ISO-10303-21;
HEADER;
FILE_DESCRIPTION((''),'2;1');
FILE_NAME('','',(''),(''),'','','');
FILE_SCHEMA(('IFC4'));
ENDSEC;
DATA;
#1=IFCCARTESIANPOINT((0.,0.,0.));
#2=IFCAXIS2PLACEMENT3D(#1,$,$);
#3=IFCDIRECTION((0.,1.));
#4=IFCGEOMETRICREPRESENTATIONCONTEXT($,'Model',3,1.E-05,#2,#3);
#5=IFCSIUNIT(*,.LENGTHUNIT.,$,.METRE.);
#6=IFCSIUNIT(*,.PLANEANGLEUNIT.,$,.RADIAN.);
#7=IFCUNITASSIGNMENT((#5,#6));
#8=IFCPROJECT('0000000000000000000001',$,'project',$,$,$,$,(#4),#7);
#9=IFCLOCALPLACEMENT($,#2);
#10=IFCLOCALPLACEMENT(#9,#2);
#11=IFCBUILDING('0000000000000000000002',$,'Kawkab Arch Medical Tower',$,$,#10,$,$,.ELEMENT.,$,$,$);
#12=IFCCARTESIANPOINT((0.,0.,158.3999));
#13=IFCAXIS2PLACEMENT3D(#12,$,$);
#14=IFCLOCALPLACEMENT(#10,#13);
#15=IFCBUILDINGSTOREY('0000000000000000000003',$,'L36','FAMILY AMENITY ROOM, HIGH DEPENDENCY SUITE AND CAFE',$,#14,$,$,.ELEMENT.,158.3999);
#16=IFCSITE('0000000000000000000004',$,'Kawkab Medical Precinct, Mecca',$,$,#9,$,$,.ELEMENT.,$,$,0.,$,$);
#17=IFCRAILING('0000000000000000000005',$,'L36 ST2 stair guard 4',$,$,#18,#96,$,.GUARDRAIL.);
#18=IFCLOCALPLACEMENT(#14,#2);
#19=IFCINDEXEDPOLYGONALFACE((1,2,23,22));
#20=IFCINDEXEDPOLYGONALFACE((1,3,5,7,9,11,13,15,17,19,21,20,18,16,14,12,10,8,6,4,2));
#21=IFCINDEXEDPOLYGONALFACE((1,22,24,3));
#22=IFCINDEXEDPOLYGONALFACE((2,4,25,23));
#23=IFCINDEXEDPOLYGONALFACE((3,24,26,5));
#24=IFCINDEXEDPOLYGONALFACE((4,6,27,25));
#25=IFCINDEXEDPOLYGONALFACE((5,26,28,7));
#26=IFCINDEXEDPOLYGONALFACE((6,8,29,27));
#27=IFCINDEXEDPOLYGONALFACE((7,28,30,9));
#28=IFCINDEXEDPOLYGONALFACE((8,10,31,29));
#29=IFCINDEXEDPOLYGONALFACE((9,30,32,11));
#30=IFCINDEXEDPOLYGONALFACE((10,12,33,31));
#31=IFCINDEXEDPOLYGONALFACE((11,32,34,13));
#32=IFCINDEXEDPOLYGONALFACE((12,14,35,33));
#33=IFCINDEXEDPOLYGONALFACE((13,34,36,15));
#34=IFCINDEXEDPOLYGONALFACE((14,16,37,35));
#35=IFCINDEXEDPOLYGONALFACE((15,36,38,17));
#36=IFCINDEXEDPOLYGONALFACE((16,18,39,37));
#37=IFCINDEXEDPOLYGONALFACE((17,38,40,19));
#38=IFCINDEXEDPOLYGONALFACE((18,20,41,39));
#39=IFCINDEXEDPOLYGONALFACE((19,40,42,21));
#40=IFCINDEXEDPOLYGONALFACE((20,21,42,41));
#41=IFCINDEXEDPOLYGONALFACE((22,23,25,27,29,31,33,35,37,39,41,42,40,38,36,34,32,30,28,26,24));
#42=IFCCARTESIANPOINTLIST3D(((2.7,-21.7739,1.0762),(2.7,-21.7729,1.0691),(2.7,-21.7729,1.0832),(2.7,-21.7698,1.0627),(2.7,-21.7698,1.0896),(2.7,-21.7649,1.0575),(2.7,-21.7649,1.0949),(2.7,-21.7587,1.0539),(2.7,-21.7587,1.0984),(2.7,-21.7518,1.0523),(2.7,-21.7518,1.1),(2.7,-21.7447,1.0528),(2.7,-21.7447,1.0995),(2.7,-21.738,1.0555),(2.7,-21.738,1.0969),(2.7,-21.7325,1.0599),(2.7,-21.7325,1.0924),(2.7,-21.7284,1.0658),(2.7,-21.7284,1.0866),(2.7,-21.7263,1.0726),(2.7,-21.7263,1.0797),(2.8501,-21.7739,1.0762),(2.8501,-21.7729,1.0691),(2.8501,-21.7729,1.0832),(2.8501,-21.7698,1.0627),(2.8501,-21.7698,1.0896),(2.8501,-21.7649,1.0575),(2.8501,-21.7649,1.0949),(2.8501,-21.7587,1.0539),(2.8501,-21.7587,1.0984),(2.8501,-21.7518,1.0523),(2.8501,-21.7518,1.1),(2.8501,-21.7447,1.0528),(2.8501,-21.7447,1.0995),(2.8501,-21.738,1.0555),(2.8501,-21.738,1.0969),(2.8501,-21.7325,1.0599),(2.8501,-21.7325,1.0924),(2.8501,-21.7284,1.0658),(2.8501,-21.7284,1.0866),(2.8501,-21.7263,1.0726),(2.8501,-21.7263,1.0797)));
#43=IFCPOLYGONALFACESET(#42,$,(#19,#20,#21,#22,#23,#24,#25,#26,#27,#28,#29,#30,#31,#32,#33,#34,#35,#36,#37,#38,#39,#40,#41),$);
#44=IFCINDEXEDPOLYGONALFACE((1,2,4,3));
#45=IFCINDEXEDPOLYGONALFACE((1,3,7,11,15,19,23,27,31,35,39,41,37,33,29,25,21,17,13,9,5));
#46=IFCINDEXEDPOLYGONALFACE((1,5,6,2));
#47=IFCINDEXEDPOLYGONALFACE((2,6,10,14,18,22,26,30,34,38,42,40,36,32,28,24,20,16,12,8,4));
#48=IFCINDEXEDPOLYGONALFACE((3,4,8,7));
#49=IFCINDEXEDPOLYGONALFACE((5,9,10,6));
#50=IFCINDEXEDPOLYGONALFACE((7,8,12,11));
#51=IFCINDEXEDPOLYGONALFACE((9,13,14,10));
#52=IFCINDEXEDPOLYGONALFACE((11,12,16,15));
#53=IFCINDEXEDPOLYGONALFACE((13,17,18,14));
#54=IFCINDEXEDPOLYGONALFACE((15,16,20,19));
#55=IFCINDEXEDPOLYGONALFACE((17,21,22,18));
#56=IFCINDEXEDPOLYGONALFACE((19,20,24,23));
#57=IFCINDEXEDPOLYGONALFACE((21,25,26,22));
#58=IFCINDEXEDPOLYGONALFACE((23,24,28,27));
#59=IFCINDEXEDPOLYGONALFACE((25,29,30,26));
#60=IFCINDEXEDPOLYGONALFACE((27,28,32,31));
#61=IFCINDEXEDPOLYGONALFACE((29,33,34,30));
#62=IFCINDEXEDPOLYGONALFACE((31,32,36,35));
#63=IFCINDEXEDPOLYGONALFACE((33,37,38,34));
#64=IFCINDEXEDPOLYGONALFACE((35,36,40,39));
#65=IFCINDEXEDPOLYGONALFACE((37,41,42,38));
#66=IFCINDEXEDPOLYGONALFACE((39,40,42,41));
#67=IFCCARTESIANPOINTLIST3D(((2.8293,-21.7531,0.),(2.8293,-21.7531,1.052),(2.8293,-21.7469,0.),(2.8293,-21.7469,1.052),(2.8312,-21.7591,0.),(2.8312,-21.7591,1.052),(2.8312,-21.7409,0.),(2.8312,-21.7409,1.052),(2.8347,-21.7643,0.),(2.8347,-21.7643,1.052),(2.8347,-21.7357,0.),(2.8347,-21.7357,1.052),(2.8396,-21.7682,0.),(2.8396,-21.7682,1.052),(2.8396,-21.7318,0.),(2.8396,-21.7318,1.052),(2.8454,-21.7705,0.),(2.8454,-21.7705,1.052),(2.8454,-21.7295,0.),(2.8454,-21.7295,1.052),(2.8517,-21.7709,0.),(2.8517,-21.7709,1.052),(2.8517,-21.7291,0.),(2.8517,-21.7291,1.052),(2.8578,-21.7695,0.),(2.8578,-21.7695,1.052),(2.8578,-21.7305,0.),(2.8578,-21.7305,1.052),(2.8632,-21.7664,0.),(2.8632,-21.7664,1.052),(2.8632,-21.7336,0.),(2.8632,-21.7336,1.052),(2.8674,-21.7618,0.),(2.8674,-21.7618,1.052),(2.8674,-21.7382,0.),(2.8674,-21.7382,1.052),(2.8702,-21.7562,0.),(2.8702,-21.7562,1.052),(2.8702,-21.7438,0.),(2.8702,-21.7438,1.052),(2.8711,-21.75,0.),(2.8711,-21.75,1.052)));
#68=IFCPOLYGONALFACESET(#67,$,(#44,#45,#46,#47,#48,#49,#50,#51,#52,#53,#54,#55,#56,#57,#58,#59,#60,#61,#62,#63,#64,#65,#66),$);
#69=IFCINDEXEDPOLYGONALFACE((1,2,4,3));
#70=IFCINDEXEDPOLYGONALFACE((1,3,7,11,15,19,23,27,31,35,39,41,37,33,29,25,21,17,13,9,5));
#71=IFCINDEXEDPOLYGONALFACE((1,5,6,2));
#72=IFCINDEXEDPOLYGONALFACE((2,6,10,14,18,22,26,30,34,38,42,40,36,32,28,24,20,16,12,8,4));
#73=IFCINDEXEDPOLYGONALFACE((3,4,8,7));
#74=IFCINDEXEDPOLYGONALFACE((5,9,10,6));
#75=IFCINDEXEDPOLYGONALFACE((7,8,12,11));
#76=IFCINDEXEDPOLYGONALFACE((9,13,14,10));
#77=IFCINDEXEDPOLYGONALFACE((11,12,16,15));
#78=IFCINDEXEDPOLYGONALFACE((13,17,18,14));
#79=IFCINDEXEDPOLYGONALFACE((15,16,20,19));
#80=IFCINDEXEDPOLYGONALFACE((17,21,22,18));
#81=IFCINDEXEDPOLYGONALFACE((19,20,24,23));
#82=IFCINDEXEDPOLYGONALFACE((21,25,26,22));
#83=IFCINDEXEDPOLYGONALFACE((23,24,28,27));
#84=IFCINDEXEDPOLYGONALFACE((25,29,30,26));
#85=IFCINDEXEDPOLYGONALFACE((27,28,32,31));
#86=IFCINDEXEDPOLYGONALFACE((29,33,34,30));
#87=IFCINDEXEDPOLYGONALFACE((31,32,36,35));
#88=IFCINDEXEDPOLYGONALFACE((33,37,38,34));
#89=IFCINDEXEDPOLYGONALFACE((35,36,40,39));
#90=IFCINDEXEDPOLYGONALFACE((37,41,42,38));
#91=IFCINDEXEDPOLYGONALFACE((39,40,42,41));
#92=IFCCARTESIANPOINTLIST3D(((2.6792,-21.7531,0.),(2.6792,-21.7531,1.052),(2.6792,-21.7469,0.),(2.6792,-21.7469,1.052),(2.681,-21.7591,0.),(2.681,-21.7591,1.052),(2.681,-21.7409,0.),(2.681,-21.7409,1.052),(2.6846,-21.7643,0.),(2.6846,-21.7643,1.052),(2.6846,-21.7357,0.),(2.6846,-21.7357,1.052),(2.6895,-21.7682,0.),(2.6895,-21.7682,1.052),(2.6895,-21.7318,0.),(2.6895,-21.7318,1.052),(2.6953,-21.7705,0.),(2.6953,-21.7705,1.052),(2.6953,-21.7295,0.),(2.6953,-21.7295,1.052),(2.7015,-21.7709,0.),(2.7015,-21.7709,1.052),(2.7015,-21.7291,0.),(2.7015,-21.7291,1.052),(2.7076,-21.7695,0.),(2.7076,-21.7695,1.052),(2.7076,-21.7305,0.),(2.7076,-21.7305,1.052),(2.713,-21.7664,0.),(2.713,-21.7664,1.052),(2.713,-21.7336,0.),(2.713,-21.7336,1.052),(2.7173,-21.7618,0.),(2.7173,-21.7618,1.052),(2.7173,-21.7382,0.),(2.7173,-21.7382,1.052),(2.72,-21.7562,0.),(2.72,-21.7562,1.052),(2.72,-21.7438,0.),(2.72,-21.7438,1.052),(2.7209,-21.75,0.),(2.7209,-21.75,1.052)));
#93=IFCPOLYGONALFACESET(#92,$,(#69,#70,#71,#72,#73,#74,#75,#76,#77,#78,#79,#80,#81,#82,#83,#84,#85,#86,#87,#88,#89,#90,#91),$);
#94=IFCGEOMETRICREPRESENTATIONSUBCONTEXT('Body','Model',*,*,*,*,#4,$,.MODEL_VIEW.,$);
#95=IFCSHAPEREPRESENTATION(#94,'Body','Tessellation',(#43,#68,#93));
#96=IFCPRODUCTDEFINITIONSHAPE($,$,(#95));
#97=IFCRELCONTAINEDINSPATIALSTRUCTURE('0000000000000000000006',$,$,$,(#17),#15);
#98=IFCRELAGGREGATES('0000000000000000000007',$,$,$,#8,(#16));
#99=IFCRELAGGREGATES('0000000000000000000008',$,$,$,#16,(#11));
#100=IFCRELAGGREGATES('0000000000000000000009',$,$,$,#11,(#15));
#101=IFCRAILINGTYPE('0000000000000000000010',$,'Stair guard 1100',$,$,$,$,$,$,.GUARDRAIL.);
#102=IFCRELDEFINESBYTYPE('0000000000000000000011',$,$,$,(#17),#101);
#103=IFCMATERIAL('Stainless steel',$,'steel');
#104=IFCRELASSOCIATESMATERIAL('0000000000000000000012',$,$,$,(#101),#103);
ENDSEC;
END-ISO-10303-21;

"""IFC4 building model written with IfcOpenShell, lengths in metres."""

from ifc_helpers import new_model, si_unit, direction, frame, origin, origin_2d, place, context, subcontext, project, spatial, circle, extrude, material, type_object, element, save


model = new_model("IFC4")

# Units and contexts
model_context = context("Model", 3, precision=1e-05, world=origin(), true_north=direction((0.0, 1.0)))
body_context = subcontext(model_context, "Body", "Model", "MODEL_VIEW")
ifc_project = project(units=[si_unit("LENGTHUNIT", "METRE"), si_unit("PLANEANGLEUNIT", "RADIAN")], contexts=[model_context])

# Site, building, storey
site_placement = place(None, origin())
site = spatial("IfcSite", under=ifc_project, at=site_placement, Name="Kawkab Medical Precinct, Mecca", CompositionType="ELEMENT", RefElevation=0.0)
building_placement = place(site_placement, origin())
building = spatial("IfcBuilding", under=site, at=building_placement, Name="Kawkab Arch Medical Tower", CompositionType="ELEMENT")
storey_placement = place(building_placement, frame((0.0, 0.0, 158.3999)))
storey = spatial("IfcBuildingStorey", under=building, at=storey_placement, Name="L36", Description="FAMILY AMENITY ROOM, HIGH DEPENDENCY SUITE AND CAFE", CompositionType="ELEMENT", Elevation=158.3999)

# Railing
ifc_material_1 = material(Name="Stainless steel", Category="steel")
railing_type = type_object("IfcRailingType", Name="Stair guard 1100", PredefinedType="GUARDRAIL", material=ifc_material_1)
railing_1_placement = place(storey_placement, frame((2.8501, -21.75, 0.0)))
element("IfcRailing", 1, at=railing_1_placement, inside=storey, type_object=railing_type, Name="L36 ST2 stair guard 4", PredefinedType="GUARDRAIL", context=body_context, shape_type="SweptSolid", body=[
    extrude(circle(Radius=0.0239, at=origin_2d()), frame((0.0, 0.0, 1.0762), z_axis=(-1.0, 0.0, 0.0), x_axis=(0.0, -1.0, 0.0)), (0.0, 0.0, 1.0), 0.1501),
    extrude(circle(Radius=0.021, at=origin_2d()), origin(), (0.0, 0.0, 1.0), 1.052),
    extrude(circle(Radius=0.021, at=origin_2d()), frame((-0.1501, 0.0, 0.0)), (0.0, 0.0, 1.0), 1.052),
])

save(model, "model.ifc")
